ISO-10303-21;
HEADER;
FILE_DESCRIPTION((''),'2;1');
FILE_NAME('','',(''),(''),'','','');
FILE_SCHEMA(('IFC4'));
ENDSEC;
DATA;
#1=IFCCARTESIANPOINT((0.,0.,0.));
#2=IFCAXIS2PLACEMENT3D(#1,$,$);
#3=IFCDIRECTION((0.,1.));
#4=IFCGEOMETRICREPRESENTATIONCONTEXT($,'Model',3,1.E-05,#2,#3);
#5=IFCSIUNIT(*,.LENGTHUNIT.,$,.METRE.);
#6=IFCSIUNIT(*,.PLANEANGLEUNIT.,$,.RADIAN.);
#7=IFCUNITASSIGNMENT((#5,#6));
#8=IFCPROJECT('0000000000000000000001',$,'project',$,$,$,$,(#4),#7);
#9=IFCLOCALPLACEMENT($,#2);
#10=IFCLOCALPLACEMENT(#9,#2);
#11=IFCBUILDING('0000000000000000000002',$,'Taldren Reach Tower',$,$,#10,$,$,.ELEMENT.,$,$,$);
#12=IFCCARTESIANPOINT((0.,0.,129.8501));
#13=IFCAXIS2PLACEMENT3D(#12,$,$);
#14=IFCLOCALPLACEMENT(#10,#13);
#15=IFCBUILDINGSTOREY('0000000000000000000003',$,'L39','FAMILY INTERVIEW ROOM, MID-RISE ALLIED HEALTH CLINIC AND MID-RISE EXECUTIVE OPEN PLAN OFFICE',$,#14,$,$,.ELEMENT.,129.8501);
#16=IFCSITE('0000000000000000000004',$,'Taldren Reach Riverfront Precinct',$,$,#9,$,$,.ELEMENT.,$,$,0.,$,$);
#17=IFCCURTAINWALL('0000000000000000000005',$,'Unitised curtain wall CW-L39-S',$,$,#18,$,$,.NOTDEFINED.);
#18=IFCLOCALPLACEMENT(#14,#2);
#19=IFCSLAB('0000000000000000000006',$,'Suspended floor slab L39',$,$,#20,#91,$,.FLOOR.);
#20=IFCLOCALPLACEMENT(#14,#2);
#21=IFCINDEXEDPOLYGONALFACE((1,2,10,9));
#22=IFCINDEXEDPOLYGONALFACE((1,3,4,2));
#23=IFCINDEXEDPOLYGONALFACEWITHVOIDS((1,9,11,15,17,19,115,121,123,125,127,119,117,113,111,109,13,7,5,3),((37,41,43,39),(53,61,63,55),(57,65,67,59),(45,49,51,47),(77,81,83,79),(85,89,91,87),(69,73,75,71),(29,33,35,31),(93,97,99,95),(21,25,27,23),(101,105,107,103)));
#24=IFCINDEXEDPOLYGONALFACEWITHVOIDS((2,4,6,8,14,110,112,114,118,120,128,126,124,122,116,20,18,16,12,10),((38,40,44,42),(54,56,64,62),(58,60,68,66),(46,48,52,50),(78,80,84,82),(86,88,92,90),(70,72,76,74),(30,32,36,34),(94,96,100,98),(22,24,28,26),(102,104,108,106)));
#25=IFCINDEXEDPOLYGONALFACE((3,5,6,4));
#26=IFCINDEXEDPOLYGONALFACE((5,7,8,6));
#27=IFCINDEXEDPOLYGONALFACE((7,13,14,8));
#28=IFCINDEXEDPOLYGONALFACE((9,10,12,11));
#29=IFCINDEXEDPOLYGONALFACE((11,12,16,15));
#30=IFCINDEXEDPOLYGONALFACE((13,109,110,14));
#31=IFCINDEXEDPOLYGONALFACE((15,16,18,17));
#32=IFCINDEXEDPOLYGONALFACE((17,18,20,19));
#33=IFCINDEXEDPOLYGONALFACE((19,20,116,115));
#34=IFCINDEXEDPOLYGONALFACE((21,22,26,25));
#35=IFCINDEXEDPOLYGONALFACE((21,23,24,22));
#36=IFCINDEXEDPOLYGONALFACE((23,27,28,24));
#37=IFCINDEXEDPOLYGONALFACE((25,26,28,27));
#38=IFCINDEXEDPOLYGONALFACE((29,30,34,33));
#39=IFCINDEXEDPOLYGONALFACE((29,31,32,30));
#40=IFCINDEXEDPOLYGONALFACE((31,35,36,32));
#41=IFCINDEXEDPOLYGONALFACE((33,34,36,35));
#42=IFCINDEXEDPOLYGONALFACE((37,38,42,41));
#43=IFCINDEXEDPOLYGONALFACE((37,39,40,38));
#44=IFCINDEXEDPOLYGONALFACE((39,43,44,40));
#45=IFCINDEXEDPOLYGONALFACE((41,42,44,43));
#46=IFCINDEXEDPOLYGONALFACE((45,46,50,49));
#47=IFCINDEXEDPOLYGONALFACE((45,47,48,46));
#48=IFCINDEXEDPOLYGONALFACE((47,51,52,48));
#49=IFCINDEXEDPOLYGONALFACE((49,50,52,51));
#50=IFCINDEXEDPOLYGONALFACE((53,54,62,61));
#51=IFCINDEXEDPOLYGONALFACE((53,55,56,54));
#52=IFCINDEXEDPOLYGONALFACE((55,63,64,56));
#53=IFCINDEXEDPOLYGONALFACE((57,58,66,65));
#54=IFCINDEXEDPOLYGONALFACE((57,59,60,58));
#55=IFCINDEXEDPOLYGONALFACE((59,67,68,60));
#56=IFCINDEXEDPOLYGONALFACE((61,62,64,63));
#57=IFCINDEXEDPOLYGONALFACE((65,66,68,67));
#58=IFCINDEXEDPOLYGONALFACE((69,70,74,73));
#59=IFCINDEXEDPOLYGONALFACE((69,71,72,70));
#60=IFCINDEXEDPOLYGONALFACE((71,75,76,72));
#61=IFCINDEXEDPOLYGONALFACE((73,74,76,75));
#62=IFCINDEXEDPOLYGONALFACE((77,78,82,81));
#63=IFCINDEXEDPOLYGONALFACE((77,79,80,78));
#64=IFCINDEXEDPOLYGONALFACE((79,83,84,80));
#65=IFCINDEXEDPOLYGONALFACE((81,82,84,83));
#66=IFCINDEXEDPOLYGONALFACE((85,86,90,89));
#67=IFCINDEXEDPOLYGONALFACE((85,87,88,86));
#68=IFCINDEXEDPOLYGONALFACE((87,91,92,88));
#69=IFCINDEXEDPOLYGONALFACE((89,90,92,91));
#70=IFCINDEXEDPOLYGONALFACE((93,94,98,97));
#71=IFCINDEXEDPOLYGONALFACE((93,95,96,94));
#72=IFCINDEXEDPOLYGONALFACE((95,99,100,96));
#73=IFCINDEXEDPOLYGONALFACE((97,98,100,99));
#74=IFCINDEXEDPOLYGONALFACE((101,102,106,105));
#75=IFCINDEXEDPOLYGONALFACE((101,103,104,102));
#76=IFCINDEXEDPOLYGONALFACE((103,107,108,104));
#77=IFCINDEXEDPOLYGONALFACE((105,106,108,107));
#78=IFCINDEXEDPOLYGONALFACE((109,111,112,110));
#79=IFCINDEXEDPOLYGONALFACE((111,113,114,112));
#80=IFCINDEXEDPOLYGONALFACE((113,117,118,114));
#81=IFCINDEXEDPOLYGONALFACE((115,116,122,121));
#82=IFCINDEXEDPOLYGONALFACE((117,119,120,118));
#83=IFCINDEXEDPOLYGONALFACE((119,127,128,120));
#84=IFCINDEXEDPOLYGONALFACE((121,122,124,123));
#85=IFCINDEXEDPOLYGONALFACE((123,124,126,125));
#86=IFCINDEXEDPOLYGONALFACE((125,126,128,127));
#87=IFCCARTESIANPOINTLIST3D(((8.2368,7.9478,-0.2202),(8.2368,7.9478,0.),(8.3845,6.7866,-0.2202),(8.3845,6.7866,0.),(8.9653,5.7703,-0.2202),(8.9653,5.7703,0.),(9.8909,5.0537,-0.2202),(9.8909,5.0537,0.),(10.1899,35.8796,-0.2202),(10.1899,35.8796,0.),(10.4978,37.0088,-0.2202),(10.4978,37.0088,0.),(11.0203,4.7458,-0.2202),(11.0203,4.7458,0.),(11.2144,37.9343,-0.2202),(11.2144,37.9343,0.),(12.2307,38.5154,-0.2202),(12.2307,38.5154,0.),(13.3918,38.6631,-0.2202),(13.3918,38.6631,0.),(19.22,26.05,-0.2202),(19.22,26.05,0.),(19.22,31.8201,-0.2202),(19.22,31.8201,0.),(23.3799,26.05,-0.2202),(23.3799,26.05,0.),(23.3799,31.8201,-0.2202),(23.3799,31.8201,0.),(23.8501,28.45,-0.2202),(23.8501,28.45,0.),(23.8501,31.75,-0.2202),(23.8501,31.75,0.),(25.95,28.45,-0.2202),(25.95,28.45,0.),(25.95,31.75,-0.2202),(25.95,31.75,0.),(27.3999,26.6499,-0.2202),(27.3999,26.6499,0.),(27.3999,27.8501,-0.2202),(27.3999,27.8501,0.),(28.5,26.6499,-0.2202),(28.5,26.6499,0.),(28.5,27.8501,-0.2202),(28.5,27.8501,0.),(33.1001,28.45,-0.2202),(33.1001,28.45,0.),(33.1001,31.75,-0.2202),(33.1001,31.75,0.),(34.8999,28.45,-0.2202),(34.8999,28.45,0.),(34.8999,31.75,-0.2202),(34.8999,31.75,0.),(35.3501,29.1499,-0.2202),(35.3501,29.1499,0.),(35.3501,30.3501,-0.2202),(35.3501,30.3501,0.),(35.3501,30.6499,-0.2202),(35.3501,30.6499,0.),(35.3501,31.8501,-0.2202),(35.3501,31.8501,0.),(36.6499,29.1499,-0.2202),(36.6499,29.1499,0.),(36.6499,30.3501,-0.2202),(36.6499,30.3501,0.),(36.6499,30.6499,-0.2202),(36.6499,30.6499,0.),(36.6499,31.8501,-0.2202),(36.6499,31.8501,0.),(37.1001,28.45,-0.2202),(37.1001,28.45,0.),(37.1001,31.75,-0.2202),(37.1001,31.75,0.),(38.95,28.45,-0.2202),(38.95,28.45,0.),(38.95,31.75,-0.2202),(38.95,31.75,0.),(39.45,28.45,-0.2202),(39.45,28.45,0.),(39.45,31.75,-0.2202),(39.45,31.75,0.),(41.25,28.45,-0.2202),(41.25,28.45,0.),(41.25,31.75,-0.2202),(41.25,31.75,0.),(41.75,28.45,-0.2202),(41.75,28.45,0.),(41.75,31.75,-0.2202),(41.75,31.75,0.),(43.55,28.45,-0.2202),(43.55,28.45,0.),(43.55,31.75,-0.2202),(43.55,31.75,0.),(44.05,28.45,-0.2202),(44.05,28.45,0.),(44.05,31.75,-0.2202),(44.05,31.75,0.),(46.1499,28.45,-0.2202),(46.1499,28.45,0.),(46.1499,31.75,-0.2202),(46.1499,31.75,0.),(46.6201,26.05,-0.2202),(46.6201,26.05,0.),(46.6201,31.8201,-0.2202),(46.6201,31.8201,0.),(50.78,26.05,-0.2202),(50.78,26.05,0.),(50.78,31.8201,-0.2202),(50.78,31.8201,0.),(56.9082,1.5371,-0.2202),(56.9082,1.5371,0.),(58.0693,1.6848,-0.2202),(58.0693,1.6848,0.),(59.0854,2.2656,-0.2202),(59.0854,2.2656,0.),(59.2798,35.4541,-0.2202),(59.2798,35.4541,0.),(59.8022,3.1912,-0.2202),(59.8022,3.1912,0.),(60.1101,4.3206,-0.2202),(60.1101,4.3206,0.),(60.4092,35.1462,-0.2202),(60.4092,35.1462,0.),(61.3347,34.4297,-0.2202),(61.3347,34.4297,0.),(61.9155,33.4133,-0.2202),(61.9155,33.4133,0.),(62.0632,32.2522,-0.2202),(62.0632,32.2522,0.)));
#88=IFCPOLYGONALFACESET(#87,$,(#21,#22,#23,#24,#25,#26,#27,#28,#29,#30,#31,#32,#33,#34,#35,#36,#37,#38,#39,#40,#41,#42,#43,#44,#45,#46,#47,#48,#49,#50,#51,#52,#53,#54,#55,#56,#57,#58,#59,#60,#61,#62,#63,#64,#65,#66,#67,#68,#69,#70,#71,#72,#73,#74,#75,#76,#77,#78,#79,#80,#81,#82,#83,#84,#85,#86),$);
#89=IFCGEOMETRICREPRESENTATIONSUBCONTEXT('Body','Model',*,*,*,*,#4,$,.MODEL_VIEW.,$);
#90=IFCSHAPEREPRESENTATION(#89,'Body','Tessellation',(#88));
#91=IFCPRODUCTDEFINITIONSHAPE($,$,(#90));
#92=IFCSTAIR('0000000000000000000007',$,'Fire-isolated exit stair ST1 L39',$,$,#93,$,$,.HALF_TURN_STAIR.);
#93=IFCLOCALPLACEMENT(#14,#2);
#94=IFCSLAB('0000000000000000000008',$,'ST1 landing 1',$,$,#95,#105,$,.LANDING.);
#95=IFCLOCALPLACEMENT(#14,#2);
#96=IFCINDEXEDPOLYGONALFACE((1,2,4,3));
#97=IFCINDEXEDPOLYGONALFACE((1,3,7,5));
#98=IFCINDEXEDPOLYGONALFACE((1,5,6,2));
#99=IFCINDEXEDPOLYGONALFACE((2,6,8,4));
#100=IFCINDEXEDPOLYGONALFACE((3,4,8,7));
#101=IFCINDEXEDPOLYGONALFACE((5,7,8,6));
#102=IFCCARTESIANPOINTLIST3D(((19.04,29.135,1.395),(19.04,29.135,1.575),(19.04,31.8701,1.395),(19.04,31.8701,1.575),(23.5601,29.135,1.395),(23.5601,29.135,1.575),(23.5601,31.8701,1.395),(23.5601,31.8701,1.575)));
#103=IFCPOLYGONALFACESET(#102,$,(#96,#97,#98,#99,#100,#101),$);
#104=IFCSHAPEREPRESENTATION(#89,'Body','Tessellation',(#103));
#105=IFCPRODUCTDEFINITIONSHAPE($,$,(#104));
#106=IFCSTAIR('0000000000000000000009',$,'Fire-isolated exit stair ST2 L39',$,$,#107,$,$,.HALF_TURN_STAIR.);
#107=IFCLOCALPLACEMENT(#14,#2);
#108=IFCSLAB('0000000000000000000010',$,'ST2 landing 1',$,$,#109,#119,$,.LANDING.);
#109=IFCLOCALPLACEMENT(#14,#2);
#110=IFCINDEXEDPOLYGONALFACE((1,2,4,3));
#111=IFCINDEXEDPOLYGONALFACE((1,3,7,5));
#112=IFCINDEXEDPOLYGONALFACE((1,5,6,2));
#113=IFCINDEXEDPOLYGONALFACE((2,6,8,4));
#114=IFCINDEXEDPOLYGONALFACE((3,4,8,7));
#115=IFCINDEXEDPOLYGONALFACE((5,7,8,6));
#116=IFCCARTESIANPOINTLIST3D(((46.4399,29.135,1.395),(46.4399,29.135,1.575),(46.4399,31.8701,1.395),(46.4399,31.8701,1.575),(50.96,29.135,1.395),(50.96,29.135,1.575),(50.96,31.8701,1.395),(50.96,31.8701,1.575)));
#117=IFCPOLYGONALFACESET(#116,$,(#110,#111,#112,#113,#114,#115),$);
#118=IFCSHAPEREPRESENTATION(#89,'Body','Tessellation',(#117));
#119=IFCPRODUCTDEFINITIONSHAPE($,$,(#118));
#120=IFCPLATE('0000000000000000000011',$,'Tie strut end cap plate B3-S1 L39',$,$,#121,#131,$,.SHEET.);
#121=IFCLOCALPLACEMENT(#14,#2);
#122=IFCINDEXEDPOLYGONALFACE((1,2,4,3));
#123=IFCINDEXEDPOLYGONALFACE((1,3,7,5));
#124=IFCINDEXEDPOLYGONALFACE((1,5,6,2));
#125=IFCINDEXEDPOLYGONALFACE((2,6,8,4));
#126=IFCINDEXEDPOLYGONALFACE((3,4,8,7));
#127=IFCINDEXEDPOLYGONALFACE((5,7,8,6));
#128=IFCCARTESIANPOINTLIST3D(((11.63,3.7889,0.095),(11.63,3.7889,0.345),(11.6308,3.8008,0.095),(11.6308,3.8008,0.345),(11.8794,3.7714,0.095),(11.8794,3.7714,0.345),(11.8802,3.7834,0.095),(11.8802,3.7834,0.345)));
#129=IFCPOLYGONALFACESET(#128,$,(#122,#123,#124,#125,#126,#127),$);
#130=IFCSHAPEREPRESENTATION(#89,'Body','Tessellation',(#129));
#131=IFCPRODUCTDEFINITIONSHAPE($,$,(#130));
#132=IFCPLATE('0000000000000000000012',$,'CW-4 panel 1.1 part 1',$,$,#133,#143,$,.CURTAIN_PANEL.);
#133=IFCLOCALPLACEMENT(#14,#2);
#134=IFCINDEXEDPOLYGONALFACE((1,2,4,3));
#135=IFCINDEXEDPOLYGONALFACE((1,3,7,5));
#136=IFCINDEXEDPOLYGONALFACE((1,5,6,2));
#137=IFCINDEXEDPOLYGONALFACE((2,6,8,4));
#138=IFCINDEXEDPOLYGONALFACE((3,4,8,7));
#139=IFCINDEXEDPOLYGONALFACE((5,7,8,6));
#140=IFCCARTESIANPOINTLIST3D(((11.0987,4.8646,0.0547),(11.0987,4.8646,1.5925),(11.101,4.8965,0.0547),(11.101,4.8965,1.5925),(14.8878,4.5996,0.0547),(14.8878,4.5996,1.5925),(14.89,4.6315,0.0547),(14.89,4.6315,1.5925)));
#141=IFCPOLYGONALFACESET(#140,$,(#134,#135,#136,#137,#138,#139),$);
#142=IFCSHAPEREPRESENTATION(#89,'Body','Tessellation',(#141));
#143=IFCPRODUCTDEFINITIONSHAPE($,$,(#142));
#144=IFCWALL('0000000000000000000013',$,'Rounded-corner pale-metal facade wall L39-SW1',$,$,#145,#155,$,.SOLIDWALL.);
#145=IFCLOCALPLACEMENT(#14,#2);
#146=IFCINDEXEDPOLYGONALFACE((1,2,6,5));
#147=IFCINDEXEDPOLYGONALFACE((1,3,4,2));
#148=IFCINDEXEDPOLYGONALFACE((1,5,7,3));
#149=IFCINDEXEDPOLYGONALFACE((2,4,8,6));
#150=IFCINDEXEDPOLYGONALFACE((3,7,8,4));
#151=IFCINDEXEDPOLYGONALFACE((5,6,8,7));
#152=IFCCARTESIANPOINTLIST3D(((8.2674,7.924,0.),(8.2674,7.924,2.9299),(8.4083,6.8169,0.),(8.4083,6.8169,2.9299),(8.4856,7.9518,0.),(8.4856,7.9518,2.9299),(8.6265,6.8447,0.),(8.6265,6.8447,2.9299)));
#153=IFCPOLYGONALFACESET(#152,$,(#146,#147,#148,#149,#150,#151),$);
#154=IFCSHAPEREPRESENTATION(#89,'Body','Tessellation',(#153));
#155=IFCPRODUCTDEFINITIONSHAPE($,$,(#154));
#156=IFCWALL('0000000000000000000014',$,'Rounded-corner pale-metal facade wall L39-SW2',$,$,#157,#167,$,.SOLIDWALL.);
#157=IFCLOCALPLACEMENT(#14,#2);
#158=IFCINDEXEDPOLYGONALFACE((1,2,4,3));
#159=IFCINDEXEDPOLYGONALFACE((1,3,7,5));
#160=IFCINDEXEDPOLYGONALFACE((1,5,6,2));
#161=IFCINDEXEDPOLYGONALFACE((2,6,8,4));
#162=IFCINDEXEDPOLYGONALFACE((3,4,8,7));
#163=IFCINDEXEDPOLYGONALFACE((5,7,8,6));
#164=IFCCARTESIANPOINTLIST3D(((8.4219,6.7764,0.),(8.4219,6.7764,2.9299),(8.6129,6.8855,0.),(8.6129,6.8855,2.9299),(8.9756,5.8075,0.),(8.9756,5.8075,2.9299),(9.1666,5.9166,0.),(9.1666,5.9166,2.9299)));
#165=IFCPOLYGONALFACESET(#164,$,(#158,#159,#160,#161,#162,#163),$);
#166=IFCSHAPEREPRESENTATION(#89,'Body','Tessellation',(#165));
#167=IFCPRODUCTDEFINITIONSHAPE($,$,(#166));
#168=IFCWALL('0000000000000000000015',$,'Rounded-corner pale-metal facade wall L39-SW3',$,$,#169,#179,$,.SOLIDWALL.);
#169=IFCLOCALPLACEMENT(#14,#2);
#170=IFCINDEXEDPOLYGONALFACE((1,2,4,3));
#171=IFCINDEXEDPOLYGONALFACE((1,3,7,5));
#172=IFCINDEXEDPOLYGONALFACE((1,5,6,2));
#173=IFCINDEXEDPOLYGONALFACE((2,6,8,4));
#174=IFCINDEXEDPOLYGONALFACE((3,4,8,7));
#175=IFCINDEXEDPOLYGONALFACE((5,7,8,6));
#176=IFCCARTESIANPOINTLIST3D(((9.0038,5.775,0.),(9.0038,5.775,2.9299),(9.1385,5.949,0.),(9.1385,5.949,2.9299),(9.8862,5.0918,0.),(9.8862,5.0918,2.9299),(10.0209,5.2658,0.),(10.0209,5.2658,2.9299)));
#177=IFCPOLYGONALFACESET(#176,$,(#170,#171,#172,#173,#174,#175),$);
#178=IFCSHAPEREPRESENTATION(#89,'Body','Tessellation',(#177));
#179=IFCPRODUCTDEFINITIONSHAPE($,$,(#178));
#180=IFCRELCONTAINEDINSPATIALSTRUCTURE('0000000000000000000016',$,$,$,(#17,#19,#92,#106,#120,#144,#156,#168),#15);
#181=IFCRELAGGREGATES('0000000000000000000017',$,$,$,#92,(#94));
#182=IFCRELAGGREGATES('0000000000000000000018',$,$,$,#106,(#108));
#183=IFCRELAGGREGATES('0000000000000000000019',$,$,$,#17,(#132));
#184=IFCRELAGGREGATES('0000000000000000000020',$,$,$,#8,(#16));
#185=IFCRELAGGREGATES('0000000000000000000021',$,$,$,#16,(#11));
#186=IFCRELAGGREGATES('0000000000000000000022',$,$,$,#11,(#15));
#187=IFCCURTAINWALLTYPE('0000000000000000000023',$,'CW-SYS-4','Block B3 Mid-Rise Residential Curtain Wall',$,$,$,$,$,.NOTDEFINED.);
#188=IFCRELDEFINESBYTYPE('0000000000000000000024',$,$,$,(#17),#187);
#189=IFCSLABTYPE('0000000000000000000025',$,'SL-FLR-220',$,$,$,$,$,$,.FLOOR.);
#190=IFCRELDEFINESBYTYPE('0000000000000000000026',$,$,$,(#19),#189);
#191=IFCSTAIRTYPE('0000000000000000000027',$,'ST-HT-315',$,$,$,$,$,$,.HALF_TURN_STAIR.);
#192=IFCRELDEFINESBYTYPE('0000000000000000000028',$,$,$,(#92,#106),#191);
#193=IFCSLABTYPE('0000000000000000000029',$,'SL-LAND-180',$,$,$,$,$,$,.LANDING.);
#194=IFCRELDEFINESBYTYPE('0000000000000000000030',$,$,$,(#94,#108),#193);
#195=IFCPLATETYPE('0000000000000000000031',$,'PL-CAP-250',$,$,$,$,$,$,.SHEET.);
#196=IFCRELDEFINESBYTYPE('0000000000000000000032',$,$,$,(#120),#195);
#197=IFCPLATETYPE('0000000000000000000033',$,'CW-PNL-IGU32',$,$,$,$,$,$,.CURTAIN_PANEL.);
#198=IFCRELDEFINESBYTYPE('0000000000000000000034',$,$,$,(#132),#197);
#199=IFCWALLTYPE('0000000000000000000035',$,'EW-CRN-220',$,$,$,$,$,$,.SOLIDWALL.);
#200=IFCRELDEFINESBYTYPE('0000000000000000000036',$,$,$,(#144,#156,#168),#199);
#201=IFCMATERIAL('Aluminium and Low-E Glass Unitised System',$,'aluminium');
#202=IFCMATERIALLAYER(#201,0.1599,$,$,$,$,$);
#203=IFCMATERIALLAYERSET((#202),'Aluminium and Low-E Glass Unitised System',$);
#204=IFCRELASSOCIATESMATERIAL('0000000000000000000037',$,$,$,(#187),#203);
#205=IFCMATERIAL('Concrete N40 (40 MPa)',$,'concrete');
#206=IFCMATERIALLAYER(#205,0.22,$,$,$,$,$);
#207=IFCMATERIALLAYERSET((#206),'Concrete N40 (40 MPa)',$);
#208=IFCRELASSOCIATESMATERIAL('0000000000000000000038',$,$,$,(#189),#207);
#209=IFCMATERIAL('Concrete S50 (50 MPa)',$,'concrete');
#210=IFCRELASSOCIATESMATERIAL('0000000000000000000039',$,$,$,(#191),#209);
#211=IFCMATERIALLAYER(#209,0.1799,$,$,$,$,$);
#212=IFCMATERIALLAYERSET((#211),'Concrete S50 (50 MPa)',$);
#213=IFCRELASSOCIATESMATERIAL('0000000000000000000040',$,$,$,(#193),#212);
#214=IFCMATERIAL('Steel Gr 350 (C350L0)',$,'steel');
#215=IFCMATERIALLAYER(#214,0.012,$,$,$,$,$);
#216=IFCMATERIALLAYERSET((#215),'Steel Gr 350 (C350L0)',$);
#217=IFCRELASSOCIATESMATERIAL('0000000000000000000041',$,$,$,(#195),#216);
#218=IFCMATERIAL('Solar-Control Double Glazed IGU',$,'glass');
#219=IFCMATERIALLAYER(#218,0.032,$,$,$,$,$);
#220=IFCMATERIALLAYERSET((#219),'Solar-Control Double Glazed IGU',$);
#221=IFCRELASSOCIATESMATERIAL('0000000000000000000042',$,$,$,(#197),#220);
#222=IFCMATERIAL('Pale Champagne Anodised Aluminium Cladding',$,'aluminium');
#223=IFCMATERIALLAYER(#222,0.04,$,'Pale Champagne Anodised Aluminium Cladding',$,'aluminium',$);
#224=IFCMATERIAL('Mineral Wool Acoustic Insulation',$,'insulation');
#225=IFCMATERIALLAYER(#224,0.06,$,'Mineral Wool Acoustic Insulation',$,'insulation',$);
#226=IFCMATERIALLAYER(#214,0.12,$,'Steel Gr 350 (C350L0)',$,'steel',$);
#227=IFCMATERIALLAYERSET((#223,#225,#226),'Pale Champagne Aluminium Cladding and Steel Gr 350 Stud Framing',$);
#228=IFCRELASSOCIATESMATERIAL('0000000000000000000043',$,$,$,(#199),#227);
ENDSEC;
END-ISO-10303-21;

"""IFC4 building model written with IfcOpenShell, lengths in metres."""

from ifc_helpers import new_model, si_unit, direction, frame, frame_2d, origin, origin_2d, place, context, subcontext, project, spatial, polyline, rectangle, outline, extrude, source, transform, mapped, material, layer, layer_set, type_object, element, aggregate, save


model = new_model("IFC4")

# Units and contexts
model_context = context("Model", 3, precision=1e-05, world=origin(), true_north=direction((0.0, 1.0)))
body_context = subcontext(model_context, "Body", "Model", "MODEL_VIEW")
ifc_project = project(units=[si_unit("LENGTHUNIT", "METRE"), si_unit("PLANEANGLEUNIT", "RADIAN")], contexts=[model_context])

# Site, building, storey
site_placement = place(None, origin())
site = spatial("IfcSite", under=ifc_project, at=site_placement, Name="Taldren Reach Riverfront Precinct", CompositionType="ELEMENT", RefElevation=0.0)
building_placement = place(site_placement, origin())
building = spatial("IfcBuilding", under=site, at=building_placement, Name="Taldren Reach Tower", CompositionType="ELEMENT")
storey_placement = place(building_placement, frame((0.0, 0.0, 129.8501)))
storey = spatial("IfcBuildingStorey", under=building, at=storey_placement, Name="L39", Description="FAMILY INTERVIEW ROOM, MID-RISE ALLIED HEALTH CLINIC AND MID-RISE EXECUTIVE OPEN PLAN OFFICE", CompositionType="ELEMENT", Elevation=129.8501)

# Shared definitions
ifc_material_1 = material(Name="Steel Gr 350 (C350L0)", Category="steel")

# Curtain wall
ifc_material_2 = material(Name="Aluminium and Low-E Glass Unitised System", Category="aluminium")
ifc_layer_1 = layer(ifc_material_2, 0.1599)
ifc_layer_set_1 = layer_set([ifc_layer_1], Name="Aluminium and Low-E Glass Unitised System")
curtain_wall_type = type_object("IfcCurtainWallType", Name="CW-SYS-4", Description="Block B3 Mid-Rise Residential Curtain Wall", PredefinedType="NOTDEFINED", material=ifc_layer_set_1)
curtain_wall_1_placement = place(storey_placement, origin())
curtain_wall_1 = element("IfcCurtainWall", 1, at=curtain_wall_1_placement, inside=storey, type_object=curtain_wall_type, Name="Unitised curtain wall CW-L39-S", PredefinedType="NOTDEFINED")

# Slab
ifc_material_3 = material(Name="Concrete N40 (40 MPa)", Category="concrete")
ifc_layer_2 = layer(ifc_material_3, 0.22)
ifc_layer_set_2 = layer_set([ifc_layer_2], Name="Concrete N40 (40 MPa)")
slab_type_1 = type_object("IfcSlabType", Name="SL-FLR-220", PredefinedType="FLOOR", material=ifc_layer_set_2)
slab_1_placement = place(storey_placement, frame((0.0, 0.0, -0.2202)))
element("IfcSlab", 2, at=slab_1_placement, inside=storey, type_object=slab_type_1, Name="Suspended floor slab L39", PredefinedType="FLOOR", context=body_context, shape_type="SweptSolid", body=[
    extrude(outline(polyline([(56.9082, 1.5371), (58.0693, 1.6848), (59.0854, 2.2656), (59.8022, 3.1912), (60.1101, 4.3206), (62.0632, 32.2522), (61.9155, 33.4133), (61.3347, 34.4297), (60.4092, 35.1462), (59.2798, 35.4541), (13.3918, 38.6631), (12.2307, 38.5154), (11.2144, 37.9343), (10.4978, 37.0088), (10.1899, 35.8796), (8.2368, 7.9478), (8.3845, 6.7866), (8.9653, 5.7703), (9.8909, 5.0537), (11.0203, 4.7458), (56.9082, 1.5371)]), holes=[polyline([(19.22, 26.05), (23.3799, 26.05), (23.3799, 31.8201), (19.22, 31.8201), (19.22, 26.05)]), polyline([(46.6201, 26.05), (50.78, 26.05), (50.78, 31.8201), (46.6201, 31.8201), (46.6201, 26.05)]), polyline([(23.8501, 28.45), (25.95, 28.45), (25.95, 31.75), (23.8501, 31.75), (23.8501, 28.45)]), polyline([(44.05, 28.45), (46.1499, 28.45), (46.1499, 31.75), (44.05, 31.75), (44.05, 28.45)]), polyline([(33.1001, 28.45), (34.8999, 28.45), (34.8999, 31.75), (33.1001, 31.75), (33.1001, 28.45)]), polyline([(37.1001, 28.45), (38.95, 28.45), (38.95, 31.75), (37.1001, 31.75), (37.1001, 28.45)]), polyline([(39.45, 28.45), (41.25, 28.45), (41.25, 31.75), (39.45, 31.75), (39.45, 28.45)]), polyline([(41.75, 28.45), (43.55, 28.45), (43.55, 31.75), (41.75, 31.75), (41.75, 28.45)]), polyline([(35.3501, 30.6499), (36.6499, 30.6499), (36.6499, 31.8501), (35.3501, 31.8501), (35.3501, 30.6499)]), polyline([(35.3501, 29.1499), (36.6499, 29.1499), (36.6499, 30.3501), (35.3501, 30.3501), (35.3501, 29.1499)]), polyline([(27.3999, 26.6499), (28.5, 26.6499), (28.5, 27.8501), (27.3999, 27.8501), (27.3999, 26.6499)])]), origin(), (0.0, 0.0, 1.0), 0.2202),
])

# Stairs, slabs
ifc_material_4 = material(Name="Concrete S50 (50 MPa)", Category="concrete")
stair_type = type_object("IfcStairType", Name="ST-HT-315", PredefinedType="HALF_TURN_STAIR", material=ifc_material_4)
stair_1_placement = place(storey_placement, origin())
stair_1 = element("IfcStair", 3, at=stair_1_placement, inside=storey, type_object=stair_type, Name="Fire-isolated exit stair ST1 L39", PredefinedType="HALF_TURN_STAIR")
ifc_layer_3 = layer(ifc_material_4, 0.1799)
ifc_layer_set_3 = layer_set([ifc_layer_3], Name="Concrete S50 (50 MPa)")
slab_type_2 = type_object("IfcSlabType", Name="SL-LAND-180", PredefinedType="LANDING", material=ifc_layer_set_3)
slab_2_placement = place(storey_placement, frame((0.0, 0.0, 1.395)))
slab_2 = element("IfcSlab", 4, at=slab_2_placement, type_object=slab_type_2, Name="ST1 landing 1", PredefinedType="LANDING", context=body_context, shape_type="SweptSolid", body=[
    extrude(outline(polyline([(19.04, 29.135), (23.5601, 29.135), (23.5601, 31.8701), (19.04, 31.8701), (19.04, 29.135)])), origin(), (0.0, 0.0, 1.0), 0.1799),
])
aggregate(stair_1, [slab_2])
stair_2_placement = place(storey_placement, origin())
stair_2 = element("IfcStair", 5, at=stair_2_placement, inside=storey, type_object=stair_type, Name="Fire-isolated exit stair ST2 L39", PredefinedType="HALF_TURN_STAIR")
slab_3_placement = place(storey_placement, frame((0.0, 0.0, 1.395)))
slab_3 = element("IfcSlab", 6, at=slab_3_placement, type_object=slab_type_2, Name="ST2 landing 1", PredefinedType="LANDING", context=body_context, shape_type="SweptSolid", body=[
    extrude(outline(polyline([(46.4399, 29.135), (50.96, 29.135), (50.96, 31.8701), (46.4399, 31.8701), (46.4399, 29.135)])), origin(), (0.0, 0.0, 1.0), 0.1799),
])
aggregate(stair_2, [slab_3])

# Plates
ifc_layer_4 = layer(ifc_material_1, 0.012)
ifc_layer_set_4 = layer_set([ifc_layer_4], Name="Steel Gr 350 (C350L0)")
plate_type_1 = type_object("IfcPlateType", Name="PL-CAP-250", PredefinedType="SHEET", material=ifc_layer_set_4)
shared_shape_1 = source(origin(), body_context, "Body", "SweptSolid", [
    extrude(rectangle(XDim=0.25, YDim=0.012, at=origin_2d()), origin(), (0.0, 0.0, 1.0), 0.25),
])
plate_1_placement = place(storey_placement, frame((11.7551, 3.7861, 0.095), z_axis=(0.0, 0.0, 1.0), x_axis=(0.997564, -0.069756, 0.0)))
element("IfcPlate", 7, at=plate_1_placement, inside=storey, type_object=plate_type_1, Name="Tie strut end cap plate B3-S1 L39", PredefinedType="SHEET", context=body_context, shape_type="MappedRepresentation", body=[
    mapped(shared_shape_1, transform((0.0, 0.0, 0.0), scale=1.0)),
])
ifc_material_5 = material(Name="Solar-Control Double Glazed IGU", Category="glass")
ifc_layer_5 = layer(ifc_material_5, 0.032)
ifc_layer_set_5 = layer_set([ifc_layer_5], Name="Solar-Control Double Glazed IGU")
plate_type_2 = type_object("IfcPlateType", Name="CW-PNL-IGU32", PredefinedType="CURTAIN_PANEL", material=ifc_layer_set_5)
shared_shape_2 = source(origin(), body_context, "Body", "SweptSolid", [
    extrude(rectangle(XDim=3.7983, YDim=0.032, at=origin_2d()), origin(), (0.0, 0.0, 1.0), 1.5378),
])
plate_2_placement = place(storey_placement, frame((12.9944, 4.748, 0.0547), z_axis=(0.0, 0.0, 1.0), x_axis=(0.997564, -0.069757, 0.0)))
plate_2 = element("IfcPlate", 8, at=plate_2_placement, type_object=plate_type_2, Name="CW-4 panel 1.1 part 1", PredefinedType="CURTAIN_PANEL", context=body_context, shape_type="MappedRepresentation", body=[
    mapped(shared_shape_2, transform((0.0, 0.0, 0.0), scale=1.0)),
])
aggregate(curtain_wall_1, [plate_2])

# Walls
ifc_material_6 = material(Name="Pale Champagne Anodised Aluminium Cladding", Category="aluminium")
ifc_layer_6 = layer(ifc_material_6, 0.04, Name="Pale Champagne Anodised Aluminium Cladding", Category="aluminium")
ifc_material_7 = material(Name="Mineral Wool Acoustic Insulation", Category="insulation")
ifc_layer_7 = layer(ifc_material_7, 0.06, Name="Mineral Wool Acoustic Insulation", Category="insulation")
ifc_layer_8 = layer(ifc_material_1, 0.12, Name="Steel Gr 350 (C350L0)", Category="steel")
ifc_layer_set_6 = layer_set([ifc_layer_6, ifc_layer_7, ifc_layer_8], Name="Pale Champagne Aluminium Cladding and Steel Gr 350 Stud Framing")
wall_type = type_object("IfcWallType", Name="EW-CRN-220", PredefinedType="SOLIDWALL", material=ifc_layer_set_6)
shared_shape_3 = source(origin(), body_context, "Body", "SweptSolid", [
    extrude(rectangle(XDim=1.116, YDim=0.22, at=frame_2d((0.5581, 0.0))), origin(), (0.0, 0.0, 1.0), 2.9299),
])
for number, where, z_axis, x_axis, name in (
    (9, (8.3765, 7.938, 0.0), (0.0, 0.0, 1.0), (0.126243, -0.991999, 0.0), "Rounded-corner pale-metal facade wall L39-SW1"),
    (10, (8.5173, 6.8311, 0.0), (0.0, 0.0, 1.0), (0.496139, -0.868243, 0.0), "Rounded-corner pale-metal facade wall L39-SW2"),
    (11, (9.071, 5.8621, 0.0), (0.0, 0.0, 1.0), (0.790717, -0.612182, 0.0), "Rounded-corner pale-metal facade wall L39-SW3"),
):
    element("IfcWall", number, at=place(storey_placement, frame(where, z_axis=z_axis, x_axis=x_axis)), inside=storey, type_object=wall_type, Name=name, PredefinedType="SOLIDWALL", context=body_context, shape_type="MappedRepresentation", body=[
        mapped(shared_shape_3, transform((0.0, 0.0, 0.0), scale=1.0)),
    ])

save(model, "model.ifc")
